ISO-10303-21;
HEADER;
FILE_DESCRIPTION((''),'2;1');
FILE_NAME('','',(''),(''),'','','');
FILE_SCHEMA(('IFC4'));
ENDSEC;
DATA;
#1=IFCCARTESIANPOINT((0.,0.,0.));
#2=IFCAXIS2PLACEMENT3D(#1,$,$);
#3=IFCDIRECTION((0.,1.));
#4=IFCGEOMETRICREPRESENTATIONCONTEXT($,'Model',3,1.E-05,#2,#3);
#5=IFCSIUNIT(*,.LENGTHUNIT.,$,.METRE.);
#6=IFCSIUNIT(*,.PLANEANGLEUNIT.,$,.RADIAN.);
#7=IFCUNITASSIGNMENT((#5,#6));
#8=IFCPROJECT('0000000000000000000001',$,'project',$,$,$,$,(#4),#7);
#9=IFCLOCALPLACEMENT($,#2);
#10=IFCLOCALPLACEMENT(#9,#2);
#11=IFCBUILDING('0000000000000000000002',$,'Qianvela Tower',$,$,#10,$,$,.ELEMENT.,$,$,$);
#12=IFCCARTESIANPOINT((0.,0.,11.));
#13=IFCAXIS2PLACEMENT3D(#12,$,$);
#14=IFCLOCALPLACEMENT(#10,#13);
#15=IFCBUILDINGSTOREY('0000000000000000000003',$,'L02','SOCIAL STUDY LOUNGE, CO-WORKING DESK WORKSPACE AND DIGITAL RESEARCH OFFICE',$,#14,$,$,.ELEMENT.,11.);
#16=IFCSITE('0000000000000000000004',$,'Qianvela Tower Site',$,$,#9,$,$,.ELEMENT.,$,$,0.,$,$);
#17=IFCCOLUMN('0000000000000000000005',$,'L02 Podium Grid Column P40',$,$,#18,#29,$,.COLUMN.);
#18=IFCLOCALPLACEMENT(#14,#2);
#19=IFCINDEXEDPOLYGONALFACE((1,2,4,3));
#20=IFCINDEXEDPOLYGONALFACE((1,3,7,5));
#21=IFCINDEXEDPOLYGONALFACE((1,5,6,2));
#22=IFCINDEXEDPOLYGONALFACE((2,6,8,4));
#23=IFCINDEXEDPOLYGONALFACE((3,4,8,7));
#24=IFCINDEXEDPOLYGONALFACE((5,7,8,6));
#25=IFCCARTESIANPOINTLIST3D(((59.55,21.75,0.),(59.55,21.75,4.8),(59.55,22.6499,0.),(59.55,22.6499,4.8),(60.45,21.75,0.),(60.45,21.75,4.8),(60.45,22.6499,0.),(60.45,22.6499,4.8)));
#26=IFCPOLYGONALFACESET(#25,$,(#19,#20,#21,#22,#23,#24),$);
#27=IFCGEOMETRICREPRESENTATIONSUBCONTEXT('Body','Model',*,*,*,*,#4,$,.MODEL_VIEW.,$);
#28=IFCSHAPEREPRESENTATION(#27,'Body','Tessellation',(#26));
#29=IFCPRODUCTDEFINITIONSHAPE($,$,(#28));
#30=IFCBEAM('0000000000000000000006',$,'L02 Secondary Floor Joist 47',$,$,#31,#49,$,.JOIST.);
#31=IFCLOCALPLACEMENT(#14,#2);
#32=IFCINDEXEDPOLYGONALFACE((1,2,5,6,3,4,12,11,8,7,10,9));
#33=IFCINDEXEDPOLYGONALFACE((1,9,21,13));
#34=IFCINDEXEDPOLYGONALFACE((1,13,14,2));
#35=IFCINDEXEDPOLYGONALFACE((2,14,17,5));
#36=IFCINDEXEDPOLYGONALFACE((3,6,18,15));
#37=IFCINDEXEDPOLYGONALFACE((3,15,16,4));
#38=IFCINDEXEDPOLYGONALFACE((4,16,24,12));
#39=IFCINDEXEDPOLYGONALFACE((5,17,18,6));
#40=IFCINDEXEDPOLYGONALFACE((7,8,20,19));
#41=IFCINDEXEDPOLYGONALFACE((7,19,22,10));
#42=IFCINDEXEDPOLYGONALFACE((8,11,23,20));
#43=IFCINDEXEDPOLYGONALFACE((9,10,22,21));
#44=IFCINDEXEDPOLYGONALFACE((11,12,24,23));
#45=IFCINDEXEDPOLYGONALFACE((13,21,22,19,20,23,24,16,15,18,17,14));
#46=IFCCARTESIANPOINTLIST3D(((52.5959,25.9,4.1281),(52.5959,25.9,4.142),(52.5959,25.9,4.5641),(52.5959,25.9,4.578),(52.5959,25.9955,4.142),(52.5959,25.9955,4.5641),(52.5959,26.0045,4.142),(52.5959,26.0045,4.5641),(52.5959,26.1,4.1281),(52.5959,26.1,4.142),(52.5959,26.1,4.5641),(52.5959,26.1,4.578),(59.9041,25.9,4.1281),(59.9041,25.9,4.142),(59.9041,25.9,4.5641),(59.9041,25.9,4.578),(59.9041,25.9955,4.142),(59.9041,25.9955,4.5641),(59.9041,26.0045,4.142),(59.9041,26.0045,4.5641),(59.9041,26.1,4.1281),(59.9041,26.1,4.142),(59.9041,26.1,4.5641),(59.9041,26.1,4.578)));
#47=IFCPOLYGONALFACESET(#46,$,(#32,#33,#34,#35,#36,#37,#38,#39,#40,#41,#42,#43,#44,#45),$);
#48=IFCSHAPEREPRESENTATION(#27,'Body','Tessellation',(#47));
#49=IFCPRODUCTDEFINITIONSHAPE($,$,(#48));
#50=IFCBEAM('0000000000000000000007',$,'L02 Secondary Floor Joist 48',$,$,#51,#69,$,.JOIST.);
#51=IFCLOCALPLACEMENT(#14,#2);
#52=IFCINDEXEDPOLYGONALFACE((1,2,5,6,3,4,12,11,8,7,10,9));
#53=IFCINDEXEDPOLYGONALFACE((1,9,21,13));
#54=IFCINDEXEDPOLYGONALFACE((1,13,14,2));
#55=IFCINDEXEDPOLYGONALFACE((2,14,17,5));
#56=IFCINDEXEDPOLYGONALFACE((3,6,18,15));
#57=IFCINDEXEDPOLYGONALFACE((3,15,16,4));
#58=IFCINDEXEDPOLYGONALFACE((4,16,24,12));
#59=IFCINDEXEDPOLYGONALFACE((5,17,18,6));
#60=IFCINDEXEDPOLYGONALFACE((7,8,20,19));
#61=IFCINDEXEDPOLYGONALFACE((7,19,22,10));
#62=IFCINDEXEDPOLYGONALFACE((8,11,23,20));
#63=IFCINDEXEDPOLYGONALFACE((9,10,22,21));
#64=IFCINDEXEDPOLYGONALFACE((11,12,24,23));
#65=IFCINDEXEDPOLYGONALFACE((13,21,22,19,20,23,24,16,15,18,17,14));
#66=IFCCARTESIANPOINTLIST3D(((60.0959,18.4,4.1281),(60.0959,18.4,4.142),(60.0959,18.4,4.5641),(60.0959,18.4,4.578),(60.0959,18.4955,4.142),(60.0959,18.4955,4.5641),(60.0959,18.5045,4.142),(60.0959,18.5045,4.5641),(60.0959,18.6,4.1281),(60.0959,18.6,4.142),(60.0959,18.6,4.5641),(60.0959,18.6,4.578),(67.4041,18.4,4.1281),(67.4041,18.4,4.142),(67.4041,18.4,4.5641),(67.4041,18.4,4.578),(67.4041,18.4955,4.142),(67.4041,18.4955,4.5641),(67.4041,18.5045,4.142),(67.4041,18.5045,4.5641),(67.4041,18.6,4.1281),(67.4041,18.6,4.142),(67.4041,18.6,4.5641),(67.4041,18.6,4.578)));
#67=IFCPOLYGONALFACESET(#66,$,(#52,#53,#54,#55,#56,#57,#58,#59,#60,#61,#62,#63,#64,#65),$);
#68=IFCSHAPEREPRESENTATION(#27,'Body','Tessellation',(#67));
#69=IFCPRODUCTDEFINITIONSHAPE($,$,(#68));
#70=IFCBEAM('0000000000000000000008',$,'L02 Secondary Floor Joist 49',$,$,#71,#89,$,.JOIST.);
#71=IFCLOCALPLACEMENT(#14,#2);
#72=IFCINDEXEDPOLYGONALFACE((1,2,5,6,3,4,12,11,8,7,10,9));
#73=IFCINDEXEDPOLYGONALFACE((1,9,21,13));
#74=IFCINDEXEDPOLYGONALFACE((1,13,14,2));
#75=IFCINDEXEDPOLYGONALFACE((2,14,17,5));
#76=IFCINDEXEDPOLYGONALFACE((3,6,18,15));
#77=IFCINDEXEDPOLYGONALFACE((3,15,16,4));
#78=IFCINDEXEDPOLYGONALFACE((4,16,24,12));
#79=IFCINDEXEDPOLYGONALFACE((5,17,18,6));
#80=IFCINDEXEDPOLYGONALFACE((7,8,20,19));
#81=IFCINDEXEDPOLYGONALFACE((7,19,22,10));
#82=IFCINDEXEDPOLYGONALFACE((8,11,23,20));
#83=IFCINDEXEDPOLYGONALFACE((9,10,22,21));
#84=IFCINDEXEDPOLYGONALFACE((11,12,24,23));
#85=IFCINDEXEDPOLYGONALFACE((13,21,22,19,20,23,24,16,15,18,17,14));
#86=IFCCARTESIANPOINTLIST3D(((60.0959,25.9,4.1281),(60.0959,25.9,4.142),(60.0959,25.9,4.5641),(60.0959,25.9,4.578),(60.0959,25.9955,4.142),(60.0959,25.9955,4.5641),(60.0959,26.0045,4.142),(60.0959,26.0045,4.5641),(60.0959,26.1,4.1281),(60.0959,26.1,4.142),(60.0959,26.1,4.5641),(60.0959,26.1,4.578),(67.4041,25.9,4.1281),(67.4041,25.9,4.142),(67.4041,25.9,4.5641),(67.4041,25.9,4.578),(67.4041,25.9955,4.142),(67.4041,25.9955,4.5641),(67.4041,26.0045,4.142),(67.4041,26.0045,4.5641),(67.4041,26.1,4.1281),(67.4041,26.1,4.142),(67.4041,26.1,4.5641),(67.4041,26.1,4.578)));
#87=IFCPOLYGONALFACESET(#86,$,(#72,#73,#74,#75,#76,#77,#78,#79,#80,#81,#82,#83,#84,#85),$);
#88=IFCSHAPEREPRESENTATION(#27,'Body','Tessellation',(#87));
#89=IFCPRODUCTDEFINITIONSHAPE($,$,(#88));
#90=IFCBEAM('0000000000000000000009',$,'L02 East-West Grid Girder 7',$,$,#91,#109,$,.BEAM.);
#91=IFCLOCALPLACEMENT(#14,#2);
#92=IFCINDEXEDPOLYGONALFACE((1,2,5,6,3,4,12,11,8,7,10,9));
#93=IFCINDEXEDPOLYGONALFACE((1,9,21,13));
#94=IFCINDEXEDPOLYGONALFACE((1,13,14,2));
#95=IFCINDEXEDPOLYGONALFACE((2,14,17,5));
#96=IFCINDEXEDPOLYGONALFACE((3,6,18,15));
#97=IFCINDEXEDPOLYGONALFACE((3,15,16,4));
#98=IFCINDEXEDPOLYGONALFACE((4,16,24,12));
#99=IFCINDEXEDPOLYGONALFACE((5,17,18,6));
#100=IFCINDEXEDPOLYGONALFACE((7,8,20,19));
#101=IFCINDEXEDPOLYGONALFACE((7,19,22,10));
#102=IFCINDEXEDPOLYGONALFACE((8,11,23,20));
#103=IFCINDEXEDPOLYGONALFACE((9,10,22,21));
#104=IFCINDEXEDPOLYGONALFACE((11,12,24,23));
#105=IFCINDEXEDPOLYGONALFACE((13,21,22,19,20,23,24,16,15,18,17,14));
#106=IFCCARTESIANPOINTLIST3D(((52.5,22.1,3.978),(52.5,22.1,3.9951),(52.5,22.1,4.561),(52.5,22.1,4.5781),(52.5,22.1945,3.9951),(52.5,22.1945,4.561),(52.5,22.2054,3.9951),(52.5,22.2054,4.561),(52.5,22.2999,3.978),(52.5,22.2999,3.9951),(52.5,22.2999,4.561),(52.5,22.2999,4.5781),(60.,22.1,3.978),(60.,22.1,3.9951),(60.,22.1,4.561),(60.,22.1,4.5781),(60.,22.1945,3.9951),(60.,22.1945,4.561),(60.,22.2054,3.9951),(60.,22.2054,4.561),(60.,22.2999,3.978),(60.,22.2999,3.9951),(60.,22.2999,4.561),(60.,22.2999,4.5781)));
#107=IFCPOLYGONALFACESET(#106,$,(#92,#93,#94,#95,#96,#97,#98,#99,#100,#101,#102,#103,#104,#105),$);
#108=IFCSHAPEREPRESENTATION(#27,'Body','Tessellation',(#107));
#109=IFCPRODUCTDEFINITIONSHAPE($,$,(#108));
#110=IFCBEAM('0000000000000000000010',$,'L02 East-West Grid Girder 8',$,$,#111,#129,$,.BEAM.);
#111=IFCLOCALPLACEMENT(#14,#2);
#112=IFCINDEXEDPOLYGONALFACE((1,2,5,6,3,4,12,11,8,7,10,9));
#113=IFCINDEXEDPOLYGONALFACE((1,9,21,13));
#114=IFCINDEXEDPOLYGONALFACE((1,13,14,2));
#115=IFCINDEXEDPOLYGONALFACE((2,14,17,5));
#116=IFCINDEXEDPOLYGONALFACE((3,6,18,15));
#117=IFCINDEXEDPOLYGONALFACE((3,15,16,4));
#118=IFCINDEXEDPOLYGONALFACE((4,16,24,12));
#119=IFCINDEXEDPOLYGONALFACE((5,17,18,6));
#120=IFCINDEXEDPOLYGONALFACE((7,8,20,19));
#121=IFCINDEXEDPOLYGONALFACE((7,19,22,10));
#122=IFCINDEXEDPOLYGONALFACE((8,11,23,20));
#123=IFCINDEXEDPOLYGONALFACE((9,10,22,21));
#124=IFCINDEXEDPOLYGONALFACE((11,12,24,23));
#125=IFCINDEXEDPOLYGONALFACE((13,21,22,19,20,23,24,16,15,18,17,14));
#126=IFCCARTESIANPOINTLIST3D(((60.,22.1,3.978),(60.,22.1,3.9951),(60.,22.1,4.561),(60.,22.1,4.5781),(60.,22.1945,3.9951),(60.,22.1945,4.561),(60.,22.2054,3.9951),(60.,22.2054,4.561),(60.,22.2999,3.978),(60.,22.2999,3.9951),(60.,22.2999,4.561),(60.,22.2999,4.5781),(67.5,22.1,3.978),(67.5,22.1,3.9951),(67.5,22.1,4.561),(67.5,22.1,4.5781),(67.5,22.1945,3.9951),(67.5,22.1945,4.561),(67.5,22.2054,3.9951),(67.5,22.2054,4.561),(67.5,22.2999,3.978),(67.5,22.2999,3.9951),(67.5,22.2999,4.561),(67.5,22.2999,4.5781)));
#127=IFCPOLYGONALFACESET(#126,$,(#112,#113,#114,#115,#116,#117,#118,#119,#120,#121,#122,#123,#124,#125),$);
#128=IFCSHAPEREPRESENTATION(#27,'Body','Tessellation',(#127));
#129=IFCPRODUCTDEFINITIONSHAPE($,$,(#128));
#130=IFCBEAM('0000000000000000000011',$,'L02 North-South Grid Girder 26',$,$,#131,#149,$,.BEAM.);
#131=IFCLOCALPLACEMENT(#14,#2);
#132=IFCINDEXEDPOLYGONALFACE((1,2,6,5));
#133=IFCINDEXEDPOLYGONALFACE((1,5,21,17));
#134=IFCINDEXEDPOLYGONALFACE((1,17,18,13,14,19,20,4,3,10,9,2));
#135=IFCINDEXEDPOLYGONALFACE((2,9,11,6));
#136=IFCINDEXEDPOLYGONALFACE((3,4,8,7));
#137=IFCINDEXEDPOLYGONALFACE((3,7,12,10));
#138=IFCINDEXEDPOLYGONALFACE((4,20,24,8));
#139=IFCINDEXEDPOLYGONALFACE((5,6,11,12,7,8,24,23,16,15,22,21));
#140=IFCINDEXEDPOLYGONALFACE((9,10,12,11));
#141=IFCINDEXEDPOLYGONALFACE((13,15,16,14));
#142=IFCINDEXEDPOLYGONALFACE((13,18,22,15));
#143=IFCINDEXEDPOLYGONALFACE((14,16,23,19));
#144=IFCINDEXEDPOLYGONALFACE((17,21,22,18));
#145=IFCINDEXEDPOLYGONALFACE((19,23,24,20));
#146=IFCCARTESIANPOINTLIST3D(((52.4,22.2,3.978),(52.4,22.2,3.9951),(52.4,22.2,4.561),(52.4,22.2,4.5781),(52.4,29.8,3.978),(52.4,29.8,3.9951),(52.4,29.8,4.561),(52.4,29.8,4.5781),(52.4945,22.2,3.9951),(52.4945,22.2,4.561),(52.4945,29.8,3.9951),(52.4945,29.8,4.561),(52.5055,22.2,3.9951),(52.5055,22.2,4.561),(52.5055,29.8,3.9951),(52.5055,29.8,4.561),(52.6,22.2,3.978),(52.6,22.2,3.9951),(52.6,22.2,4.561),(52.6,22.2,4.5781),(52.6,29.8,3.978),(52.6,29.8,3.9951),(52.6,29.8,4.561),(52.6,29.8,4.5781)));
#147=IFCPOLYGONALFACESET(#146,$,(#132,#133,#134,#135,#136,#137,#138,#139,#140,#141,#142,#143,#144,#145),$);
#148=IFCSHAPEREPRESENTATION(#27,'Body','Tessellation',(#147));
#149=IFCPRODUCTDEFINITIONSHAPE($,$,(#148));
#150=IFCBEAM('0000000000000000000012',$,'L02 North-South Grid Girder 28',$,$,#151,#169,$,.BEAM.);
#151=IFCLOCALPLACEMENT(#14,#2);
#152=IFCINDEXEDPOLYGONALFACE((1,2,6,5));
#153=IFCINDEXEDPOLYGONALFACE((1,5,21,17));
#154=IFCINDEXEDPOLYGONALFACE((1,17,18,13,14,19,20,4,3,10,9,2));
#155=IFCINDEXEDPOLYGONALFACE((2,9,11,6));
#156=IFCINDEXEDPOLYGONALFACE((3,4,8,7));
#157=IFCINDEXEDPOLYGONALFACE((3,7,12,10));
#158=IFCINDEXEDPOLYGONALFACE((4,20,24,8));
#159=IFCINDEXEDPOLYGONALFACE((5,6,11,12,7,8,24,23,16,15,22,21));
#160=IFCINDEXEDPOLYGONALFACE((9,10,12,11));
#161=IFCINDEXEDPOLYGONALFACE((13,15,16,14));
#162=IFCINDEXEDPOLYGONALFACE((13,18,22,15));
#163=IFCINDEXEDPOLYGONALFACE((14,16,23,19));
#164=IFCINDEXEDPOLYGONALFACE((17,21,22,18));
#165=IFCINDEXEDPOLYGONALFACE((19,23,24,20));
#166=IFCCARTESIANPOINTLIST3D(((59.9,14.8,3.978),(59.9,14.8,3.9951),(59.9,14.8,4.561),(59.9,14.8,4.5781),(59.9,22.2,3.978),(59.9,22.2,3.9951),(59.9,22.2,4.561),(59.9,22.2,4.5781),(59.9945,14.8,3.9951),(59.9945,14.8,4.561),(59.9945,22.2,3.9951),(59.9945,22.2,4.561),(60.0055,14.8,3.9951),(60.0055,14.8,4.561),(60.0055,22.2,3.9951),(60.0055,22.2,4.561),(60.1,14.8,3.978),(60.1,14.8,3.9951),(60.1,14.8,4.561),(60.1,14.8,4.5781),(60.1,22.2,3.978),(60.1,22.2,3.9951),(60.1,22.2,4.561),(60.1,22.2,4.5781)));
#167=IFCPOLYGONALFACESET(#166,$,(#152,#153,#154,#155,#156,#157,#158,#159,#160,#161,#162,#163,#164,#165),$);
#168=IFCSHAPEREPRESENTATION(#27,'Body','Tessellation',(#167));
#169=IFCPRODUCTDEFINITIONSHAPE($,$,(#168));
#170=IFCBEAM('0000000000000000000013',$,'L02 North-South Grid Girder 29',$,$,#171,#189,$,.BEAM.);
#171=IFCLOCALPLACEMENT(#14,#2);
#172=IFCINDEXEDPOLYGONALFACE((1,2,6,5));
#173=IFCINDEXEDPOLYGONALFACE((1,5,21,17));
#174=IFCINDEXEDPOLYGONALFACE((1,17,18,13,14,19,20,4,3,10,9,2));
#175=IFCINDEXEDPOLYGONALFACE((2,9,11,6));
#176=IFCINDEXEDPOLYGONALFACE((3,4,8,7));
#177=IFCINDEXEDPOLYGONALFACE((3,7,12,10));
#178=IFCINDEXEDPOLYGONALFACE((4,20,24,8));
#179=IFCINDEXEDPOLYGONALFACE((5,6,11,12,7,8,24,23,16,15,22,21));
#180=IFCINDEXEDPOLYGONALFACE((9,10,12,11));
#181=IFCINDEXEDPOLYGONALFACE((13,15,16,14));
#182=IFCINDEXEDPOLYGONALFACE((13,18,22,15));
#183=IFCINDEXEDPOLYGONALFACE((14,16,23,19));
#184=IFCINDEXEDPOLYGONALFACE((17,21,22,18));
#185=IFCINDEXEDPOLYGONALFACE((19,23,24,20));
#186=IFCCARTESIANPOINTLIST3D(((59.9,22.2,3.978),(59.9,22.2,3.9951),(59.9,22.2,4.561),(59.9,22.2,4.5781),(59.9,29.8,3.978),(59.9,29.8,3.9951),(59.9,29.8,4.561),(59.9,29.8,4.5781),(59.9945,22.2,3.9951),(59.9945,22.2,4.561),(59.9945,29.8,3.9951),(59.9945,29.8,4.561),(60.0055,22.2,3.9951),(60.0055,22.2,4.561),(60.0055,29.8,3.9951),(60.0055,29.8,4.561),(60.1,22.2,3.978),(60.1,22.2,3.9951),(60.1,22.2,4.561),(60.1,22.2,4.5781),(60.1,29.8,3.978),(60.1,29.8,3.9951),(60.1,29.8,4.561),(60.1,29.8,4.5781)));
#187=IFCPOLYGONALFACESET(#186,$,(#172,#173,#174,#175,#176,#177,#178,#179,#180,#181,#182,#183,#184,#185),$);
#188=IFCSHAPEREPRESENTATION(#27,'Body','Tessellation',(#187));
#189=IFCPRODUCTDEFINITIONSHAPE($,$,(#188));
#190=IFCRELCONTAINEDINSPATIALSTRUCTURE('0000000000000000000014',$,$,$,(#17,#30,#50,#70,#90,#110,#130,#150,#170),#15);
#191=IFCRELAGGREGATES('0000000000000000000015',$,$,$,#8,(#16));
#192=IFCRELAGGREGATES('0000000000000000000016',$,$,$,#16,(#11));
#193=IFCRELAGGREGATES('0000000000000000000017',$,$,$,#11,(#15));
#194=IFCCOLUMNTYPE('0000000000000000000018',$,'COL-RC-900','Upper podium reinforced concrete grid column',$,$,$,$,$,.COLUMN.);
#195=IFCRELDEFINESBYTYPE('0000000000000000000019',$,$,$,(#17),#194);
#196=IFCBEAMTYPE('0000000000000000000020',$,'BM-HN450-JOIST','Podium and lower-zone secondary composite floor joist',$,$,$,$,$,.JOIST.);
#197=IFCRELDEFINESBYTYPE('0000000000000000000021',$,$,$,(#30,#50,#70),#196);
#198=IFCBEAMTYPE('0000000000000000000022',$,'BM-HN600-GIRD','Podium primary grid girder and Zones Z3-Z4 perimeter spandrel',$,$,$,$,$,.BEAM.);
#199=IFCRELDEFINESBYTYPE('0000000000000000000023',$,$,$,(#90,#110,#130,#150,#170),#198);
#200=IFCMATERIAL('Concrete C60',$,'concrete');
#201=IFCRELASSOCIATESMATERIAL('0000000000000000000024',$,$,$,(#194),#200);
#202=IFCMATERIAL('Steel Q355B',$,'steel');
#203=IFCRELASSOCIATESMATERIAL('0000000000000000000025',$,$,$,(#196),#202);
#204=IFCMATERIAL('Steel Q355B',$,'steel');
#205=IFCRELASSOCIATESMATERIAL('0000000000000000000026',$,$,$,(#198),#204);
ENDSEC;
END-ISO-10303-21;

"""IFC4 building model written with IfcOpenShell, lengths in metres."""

from ifc_helpers import new_model, si_unit, direction, frame, origin, origin_2d, place, context, subcontext, project, spatial, rectangle, i_section, extrude, material, material_profile, profile_set, type_object, element, save


model = new_model("IFC4")

# Units and contexts
model_context = context("Model", 3, precision=1e-05, world=origin(), true_north=direction((0.0, 1.0)))
body_context = subcontext(model_context, "Body", "Model", "MODEL_VIEW")
ifc_project = project(units=[si_unit("LENGTHUNIT", "METRE"), si_unit("PLANEANGLEUNIT", "RADIAN")], contexts=[model_context])

# Site, building, storey
site_placement = place(None, origin())
site = spatial("IfcSite", under=ifc_project, at=site_placement, Name="Qianvela Tower Site", CompositionType="ELEMENT", RefElevation=0.0)
building_placement = place(site_placement, origin())
building = spatial("IfcBuilding", under=site, at=building_placement, Name="Qianvela Tower", CompositionType="ELEMENT")
storey_placement = place(building_placement, frame((0.0, 0.0, 11.0)))
storey = spatial("IfcBuildingStorey", under=building, at=storey_placement, Name="L02", Description="SOCIAL STUDY LOUNGE, CO-WORKING DESK WORKSPACE AND DIGITAL RESEARCH OFFICE", CompositionType="ELEMENT", Elevation=11.0)

# Column
ifc_material_1 = material(Name="Concrete C60", Category="concrete")
ifc_material_profile_1 = material_profile(ifc_material_1, rectangle(XDim=0.8999, YDim=0.8999, at=origin_2d()), Name="RC-COL-900x900")
ifc_profile_set_1 = profile_set([ifc_material_profile_1], Name="Concrete C60")
column_type_1 = type_object("IfcColumnType", Name="COL-RC-900", Description="Upper podium reinforced concrete grid column", PredefinedType="COLUMN", material=ifc_profile_set_1)
for number, where, z_axis, x_axis, name in (
    (1, (60.0, 22.2, 0.0), (0.0, 0.0, 1.0), (1.0, 0.0, 0.0), "L02 Podium Grid Column P40"),
):
    element("IfcColumn", number, at=place(storey_placement, frame(where, z_axis=z_axis, x_axis=x_axis)), inside=storey, type_object=column_type_1, Name=name, PredefinedType="COLUMN", context=body_context, shape_type="SweptSolid", body=[
        extrude(rectangle(XDim=0.8999, YDim=0.8999, at=origin_2d()), origin(), (0.0, 0.0, 1.0), 4.8),
    ])

# Beams
ifc_material_2 = material(Name="Steel Q355B", Category="steel")
ifc_material_profile_2 = material_profile(ifc_material_2, i_section(OverallWidth=0.2, OverallDepth=0.45, WebThickness=0.009, FlangeThickness=0.0139, at=origin_2d()), Name="HN450x200x9x14")
ifc_profile_set_2 = profile_set([ifc_material_profile_2], Name="Steel Q355B")
beam_type_1 = type_object("IfcBeamType", Name="BM-HN450-JOIST", Description="Podium and lower-zone secondary composite floor joist", PredefinedType="JOIST", material=ifc_profile_set_2)
for number, where, z_axis, x_axis, name in (
    (2, (52.5959, 26.0, 4.353), (1.0, 0.0, 0.0), (0.0, 1.0, 0.0), "L02 Secondary Floor Joist 47"),
    (3, (60.0959, 18.5, 4.353), (1.0, 0.0, 0.0), (0.0, 1.0, 0.0), "L02 Secondary Floor Joist 48"),
    (4, (60.0959, 26.0, 4.353), (1.0, 0.0, 0.0), (0.0, 1.0, 0.0), "L02 Secondary Floor Joist 49"),
):
    element("IfcBeam", number, at=place(storey_placement, frame(where, z_axis=z_axis, x_axis=x_axis)), inside=storey, type_object=beam_type_1, Name=name, PredefinedType="JOIST", context=body_context, shape_type="SweptSolid", body=[
        extrude(i_section(OverallWidth=0.2, OverallDepth=0.45, WebThickness=0.009, FlangeThickness=0.0139, at=origin_2d()), origin(), (0.0, 0.0, 1.0), 7.3081),
    ])
ifc_material_3 = material(Name="Steel Q355B", Category="steel")
ifc_material_profile_3 = material_profile(ifc_material_3, i_section(OverallWidth=0.2, OverallDepth=0.6001, WebThickness=0.011, FlangeThickness=0.0171, at=origin_2d()), Name="HN600x200x11x17")
ifc_profile_set_3 = profile_set([ifc_material_profile_3], Name="Steel Q355B")
beam_type_2 = type_object("IfcBeamType", Name="BM-HN600-GIRD", Description="Podium primary grid girder and Zones Z3-Z4 perimeter spandrel", PredefinedType="BEAM", material=ifc_profile_set_3)
for number, where, z_axis, x_axis, name in (
    (5, (52.5, 22.2, 4.2781), (1.0, 0.0, 0.0), (0.0, 1.0, 0.0), "L02 East-West Grid Girder 7"),
    (6, (60.0, 22.2, 4.2781), (1.0, 0.0, 0.0), (0.0, 1.0, 0.0), "L02 East-West Grid Girder 8"),
):
    element("IfcBeam", number, at=place(storey_placement, frame(where, z_axis=z_axis, x_axis=x_axis)), inside=storey, type_object=beam_type_2, Name=name, PredefinedType="BEAM", context=body_context, shape_type="SweptSolid", body=[
        extrude(i_section(OverallWidth=0.2, OverallDepth=0.6001, WebThickness=0.011, FlangeThickness=0.0171, at=origin_2d()), origin(), (0.0, 0.0, 1.0), 7.5),
    ])
beam_1_placement = place(storey_placement, frame((52.5, 22.2, 4.2781), z_axis=(0.0, 1.0, 0.0), x_axis=(-1.0, 0.0, 0.0)))
element("IfcBeam", 7, at=beam_1_placement, inside=storey, type_object=beam_type_2, Name="L02 North-South Grid Girder 26", PredefinedType="BEAM", context=body_context, shape_type="SweptSolid", body=[
    extrude(i_section(OverallWidth=0.2, OverallDepth=0.6001, WebThickness=0.011, FlangeThickness=0.0171, at=origin_2d()), origin(), (0.0, 0.0, 1.0), 7.6001),
])
beam_2_placement = place(storey_placement, frame((60.0, 14.8, 4.2781), z_axis=(0.0, 1.0, 0.0), x_axis=(-1.0, 0.0, 0.0)))
element("IfcBeam", 8, at=beam_2_placement, inside=storey, type_object=beam_type_2, Name="L02 North-South Grid Girder 28", PredefinedType="BEAM", context=body_context, shape_type="SweptSolid", body=[
    extrude(i_section(OverallWidth=0.2, OverallDepth=0.6001, WebThickness=0.011, FlangeThickness=0.0171, at=origin_2d()), origin(), (0.0, 0.0, 1.0), 7.3999),
])
beam_3_placement = place(storey_placement, frame((60.0, 22.2, 4.2781), z_axis=(0.0, 1.0, 0.0), x_axis=(-1.0, 0.0, 0.0)))
element("IfcBeam", 9, at=beam_3_placement, inside=storey, type_object=beam_type_2, Name="L02 North-South Grid Girder 29", PredefinedType="BEAM", context=body_context, shape_type="SweptSolid", body=[
    extrude(i_section(OverallWidth=0.2, OverallDepth=0.6001, WebThickness=0.011, FlangeThickness=0.0171, at=origin_2d()), origin(), (0.0, 0.0, 1.0), 7.6001),
])

save(model, "model.ifc")
